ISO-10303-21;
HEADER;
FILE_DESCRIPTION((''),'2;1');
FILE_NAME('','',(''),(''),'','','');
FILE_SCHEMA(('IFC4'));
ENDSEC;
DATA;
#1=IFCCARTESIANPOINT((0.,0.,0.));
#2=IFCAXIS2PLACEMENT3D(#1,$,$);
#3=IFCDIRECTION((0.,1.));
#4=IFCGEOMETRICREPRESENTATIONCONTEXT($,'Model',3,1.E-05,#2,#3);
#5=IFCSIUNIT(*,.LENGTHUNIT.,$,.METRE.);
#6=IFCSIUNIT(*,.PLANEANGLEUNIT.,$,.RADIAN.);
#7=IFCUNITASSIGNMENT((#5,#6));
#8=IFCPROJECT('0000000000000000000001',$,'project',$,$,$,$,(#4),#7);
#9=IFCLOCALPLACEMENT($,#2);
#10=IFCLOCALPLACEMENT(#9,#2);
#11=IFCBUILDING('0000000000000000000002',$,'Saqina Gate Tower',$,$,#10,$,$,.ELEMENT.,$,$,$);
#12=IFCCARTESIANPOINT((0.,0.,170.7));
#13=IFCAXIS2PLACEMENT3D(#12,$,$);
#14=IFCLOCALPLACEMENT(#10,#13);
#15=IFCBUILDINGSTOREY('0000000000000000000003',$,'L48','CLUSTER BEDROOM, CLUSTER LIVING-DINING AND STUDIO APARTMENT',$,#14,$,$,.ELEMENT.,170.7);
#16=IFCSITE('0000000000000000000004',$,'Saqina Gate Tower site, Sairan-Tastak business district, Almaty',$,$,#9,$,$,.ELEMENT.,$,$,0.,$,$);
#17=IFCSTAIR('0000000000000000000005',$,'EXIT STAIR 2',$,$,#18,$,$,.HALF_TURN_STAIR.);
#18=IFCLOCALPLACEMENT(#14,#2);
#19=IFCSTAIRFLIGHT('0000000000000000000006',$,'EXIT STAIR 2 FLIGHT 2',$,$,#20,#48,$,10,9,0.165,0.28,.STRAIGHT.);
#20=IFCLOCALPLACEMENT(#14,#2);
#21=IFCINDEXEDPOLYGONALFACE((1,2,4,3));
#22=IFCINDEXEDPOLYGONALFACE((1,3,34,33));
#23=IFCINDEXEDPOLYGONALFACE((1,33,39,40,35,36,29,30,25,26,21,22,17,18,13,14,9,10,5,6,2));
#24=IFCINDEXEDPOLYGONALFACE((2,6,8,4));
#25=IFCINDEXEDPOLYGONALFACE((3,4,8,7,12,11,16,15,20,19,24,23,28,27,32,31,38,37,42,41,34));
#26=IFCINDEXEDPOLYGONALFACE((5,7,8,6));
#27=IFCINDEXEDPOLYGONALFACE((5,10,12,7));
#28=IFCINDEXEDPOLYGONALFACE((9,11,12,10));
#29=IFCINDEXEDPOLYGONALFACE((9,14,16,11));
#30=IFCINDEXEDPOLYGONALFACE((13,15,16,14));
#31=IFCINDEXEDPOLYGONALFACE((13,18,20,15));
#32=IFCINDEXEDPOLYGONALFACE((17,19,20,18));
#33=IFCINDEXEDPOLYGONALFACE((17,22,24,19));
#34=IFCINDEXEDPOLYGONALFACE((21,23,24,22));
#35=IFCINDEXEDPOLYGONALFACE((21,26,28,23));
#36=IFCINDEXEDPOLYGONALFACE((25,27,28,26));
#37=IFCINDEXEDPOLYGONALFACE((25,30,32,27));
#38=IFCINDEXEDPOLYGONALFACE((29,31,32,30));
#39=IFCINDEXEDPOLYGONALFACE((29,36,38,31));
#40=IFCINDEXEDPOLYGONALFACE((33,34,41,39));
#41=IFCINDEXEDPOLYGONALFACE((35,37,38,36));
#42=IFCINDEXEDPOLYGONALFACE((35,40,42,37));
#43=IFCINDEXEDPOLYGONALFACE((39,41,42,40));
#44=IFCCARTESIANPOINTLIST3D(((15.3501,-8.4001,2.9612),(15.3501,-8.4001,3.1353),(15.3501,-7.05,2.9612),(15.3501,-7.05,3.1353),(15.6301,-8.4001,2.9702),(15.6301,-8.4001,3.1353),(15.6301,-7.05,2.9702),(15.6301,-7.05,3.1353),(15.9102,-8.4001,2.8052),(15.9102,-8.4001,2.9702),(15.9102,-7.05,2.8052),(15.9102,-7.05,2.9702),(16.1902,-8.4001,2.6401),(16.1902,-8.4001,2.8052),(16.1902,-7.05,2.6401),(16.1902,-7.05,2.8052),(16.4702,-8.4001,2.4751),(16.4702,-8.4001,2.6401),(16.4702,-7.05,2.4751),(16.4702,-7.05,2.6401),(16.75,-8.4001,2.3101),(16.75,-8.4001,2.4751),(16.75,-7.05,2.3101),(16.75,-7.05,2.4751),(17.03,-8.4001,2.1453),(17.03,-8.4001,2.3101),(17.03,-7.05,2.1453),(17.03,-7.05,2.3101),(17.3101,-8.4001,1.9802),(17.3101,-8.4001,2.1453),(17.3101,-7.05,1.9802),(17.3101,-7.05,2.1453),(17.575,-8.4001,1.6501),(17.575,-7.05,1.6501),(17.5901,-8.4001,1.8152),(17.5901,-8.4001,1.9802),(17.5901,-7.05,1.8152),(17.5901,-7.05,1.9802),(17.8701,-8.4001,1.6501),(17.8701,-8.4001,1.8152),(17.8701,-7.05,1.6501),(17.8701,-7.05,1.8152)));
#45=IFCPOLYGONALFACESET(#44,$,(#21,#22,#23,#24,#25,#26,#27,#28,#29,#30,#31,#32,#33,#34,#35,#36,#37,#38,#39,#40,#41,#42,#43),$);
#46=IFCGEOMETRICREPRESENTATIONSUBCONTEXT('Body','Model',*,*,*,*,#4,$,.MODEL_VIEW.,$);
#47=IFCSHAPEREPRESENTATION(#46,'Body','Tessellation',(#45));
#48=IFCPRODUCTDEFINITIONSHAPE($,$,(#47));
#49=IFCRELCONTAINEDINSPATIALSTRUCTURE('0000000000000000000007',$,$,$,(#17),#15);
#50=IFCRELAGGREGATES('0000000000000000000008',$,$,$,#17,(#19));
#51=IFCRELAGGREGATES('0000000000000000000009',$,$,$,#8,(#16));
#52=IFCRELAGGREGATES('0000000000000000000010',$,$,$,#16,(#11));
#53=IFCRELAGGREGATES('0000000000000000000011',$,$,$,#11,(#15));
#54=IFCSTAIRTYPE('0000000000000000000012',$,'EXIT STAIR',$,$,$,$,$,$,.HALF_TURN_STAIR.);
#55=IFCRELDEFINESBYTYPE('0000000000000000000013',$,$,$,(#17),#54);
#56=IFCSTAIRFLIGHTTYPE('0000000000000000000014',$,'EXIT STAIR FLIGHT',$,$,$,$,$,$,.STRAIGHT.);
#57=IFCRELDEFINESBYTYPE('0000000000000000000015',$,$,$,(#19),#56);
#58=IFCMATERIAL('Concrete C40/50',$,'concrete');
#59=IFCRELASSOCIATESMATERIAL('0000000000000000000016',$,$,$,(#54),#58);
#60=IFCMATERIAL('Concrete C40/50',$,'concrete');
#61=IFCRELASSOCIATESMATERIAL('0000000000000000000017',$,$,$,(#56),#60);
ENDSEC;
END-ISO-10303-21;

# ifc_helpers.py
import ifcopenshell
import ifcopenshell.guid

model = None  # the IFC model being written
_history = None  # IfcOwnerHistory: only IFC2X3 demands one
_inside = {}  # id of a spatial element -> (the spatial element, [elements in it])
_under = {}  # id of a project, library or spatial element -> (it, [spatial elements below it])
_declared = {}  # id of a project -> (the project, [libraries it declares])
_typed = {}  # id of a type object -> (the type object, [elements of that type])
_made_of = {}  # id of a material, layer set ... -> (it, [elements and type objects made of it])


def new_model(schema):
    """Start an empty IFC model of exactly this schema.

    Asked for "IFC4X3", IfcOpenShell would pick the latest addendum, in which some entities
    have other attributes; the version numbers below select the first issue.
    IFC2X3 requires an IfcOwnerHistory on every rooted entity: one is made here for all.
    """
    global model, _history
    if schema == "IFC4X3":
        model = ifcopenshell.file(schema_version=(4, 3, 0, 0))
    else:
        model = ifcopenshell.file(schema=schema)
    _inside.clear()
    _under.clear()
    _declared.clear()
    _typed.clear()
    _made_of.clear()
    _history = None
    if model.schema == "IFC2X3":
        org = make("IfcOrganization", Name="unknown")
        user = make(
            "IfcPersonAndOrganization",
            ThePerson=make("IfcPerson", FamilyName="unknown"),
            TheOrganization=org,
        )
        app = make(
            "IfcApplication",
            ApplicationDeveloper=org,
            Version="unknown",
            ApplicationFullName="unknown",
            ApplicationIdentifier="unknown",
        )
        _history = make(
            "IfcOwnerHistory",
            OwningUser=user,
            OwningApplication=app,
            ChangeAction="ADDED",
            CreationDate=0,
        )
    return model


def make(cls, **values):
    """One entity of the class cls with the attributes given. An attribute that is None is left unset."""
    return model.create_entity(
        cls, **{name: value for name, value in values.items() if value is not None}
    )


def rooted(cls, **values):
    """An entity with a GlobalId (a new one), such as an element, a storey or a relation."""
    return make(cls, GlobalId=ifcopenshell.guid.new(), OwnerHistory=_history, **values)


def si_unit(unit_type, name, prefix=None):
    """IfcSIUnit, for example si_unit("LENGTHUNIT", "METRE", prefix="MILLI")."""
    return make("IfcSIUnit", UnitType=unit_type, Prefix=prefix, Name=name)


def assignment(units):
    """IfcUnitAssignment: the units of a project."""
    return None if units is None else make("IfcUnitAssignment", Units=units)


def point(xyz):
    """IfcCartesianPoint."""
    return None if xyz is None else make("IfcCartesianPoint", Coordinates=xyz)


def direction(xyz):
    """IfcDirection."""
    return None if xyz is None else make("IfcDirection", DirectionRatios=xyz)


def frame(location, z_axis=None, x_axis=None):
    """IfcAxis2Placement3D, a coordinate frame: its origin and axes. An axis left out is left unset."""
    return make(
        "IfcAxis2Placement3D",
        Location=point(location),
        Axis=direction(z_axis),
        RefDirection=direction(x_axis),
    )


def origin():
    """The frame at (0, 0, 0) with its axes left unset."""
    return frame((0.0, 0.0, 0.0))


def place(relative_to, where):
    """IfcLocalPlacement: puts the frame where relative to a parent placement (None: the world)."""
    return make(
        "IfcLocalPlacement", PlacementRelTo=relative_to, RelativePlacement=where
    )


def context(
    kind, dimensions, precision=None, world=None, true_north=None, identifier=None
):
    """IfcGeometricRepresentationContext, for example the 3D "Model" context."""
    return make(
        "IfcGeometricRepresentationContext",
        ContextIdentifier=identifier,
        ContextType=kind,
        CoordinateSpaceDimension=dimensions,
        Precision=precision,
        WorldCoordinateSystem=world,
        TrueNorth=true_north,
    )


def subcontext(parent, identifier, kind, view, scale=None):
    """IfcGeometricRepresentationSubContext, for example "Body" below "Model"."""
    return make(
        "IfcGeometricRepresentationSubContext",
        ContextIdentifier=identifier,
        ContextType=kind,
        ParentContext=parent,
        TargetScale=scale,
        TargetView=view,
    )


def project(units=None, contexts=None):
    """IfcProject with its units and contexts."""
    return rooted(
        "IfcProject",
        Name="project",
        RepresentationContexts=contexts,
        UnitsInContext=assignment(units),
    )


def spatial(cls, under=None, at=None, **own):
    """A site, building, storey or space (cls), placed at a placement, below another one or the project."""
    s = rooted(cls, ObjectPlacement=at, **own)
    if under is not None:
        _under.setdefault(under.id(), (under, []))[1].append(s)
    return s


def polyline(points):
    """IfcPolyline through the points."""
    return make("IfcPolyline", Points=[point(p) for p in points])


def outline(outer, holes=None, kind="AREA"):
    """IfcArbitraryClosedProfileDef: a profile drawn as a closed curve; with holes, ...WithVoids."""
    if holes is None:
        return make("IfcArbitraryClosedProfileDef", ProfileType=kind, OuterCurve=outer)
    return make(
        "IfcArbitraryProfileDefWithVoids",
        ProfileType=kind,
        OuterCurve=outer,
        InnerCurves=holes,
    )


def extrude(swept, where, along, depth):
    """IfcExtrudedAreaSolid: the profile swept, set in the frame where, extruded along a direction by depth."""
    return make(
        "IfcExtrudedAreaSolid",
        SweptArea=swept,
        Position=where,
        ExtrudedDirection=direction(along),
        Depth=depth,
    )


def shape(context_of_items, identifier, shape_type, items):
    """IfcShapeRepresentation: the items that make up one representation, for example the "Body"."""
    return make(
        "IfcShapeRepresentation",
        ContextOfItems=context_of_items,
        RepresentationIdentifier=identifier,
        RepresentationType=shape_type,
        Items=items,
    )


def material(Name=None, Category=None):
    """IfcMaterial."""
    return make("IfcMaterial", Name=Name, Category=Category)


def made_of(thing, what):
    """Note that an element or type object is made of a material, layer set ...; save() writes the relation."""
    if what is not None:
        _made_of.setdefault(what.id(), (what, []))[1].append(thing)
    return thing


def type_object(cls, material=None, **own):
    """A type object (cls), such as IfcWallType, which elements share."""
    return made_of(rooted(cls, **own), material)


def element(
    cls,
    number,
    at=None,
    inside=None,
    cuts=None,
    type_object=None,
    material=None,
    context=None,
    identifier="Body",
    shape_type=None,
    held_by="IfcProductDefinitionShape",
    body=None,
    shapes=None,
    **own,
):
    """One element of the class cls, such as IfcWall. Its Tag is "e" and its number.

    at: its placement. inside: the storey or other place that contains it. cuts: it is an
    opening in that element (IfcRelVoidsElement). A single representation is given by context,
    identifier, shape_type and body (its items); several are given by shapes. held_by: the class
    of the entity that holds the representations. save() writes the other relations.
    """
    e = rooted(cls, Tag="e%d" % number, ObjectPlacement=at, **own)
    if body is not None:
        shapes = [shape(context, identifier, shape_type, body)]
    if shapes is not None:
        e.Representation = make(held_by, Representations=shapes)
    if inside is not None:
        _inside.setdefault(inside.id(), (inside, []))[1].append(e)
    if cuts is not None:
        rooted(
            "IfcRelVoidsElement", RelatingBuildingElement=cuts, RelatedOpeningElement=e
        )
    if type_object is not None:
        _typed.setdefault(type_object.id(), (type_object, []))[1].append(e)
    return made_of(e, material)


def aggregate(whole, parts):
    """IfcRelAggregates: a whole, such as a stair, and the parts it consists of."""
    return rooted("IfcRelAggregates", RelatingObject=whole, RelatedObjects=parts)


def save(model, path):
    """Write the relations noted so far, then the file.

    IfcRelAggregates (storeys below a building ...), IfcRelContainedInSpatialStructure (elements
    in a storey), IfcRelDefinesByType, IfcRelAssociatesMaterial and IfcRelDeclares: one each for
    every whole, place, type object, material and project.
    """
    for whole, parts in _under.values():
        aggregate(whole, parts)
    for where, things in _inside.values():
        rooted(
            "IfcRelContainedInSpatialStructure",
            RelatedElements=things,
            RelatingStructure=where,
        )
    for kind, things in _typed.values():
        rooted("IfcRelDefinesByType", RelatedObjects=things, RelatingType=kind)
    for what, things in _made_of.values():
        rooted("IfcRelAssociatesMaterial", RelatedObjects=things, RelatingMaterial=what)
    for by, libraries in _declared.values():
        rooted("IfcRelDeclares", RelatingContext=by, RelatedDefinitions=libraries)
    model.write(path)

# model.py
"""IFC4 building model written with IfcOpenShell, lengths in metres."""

from ifc_helpers import new_model, si_unit, direction, frame, origin, place, context, subcontext, project, spatial, polyline, outline, extrude, material, type_object, element, aggregate, save


model = new_model("IFC4")

# Units and contexts
model_context = context("Model", 3, precision=1e-05, world=origin(), true_north=direction((0.0, 1.0)))
body_context = subcontext(model_context, "Body", "Model", "MODEL_VIEW")
ifc_project = project(units=[si_unit("LENGTHUNIT", "METRE"), si_unit("PLANEANGLEUNIT", "RADIAN")], contexts=[model_context])

# Site, building, storey
site_placement = place(None, origin())
site = spatial("IfcSite", under=ifc_project, at=site_placement, Name="Saqina Gate Tower site, Sairan-Tastak business district, Almaty", CompositionType="ELEMENT", RefElevation=0.0)
building_placement = place(site_placement, origin())
building = spatial("IfcBuilding", under=site, at=building_placement, Name="Saqina Gate Tower", CompositionType="ELEMENT")
storey_placement = place(building_placement, frame((0.0, 0.0, 170.7)))
storey = spatial("IfcBuildingStorey", under=building, at=storey_placement, Name="L48", Description="CLUSTER BEDROOM, CLUSTER LIVING-DINING AND STUDIO APARTMENT", CompositionType="ELEMENT", Elevation=170.7)

# Stair, stair flight
ifc_material_1 = material(Name="Concrete C40/50", Category="concrete")
stair_type = type_object("IfcStairType", Name="EXIT STAIR", PredefinedType="HALF_TURN_STAIR", material=ifc_material_1)
stair_placement = place(storey_placement, origin())
stair = element("IfcStair", 1, at=stair_placement, inside=storey, type_object=stair_type, Name="EXIT STAIR 2", PredefinedType="HALF_TURN_STAIR")
ifc_material_2 = material(Name="Concrete C40/50", Category="concrete")
stair_flight_type = type_object("IfcStairFlightType", Name="EXIT STAIR FLIGHT", PredefinedType="STRAIGHT", material=ifc_material_2)
stair_flight_1_placement = place(storey_placement, frame((17.8701, -7.7251, 1.6501), z_axis=(0.0, 0.0, 1.0), x_axis=(-1.0, 0.0, 0.0)))
stair_flight_1 = element("IfcStairFlight", 2, at=stair_flight_1_placement, type_object=stair_flight_type, Name="EXIT STAIR 2 FLIGHT 2", NumberOfRisers=10, NumberOfTreads=9, PredefinedType="STRAIGHT", RiserHeight=0.165, TreadLength=0.28, context=body_context, shape_type="SweptSolid", body=[
    extrude(outline(polyline([(0.0, 0.0), (0.0, 0.165), (0.28, 0.165), (0.28, 0.3301), (0.5601, 0.3301), (0.5601, 0.4951), (0.8401, 0.4951), (0.8401, 0.6599), (1.1201, 0.6599), (1.1201, 0.825), (1.3999, 0.825), (1.3999, 0.99), (1.6799, 0.99), (1.6799, 1.155), (1.96, 1.155), (1.96, 1.3201), (2.24, 1.3201), (2.24, 1.4851), (2.52, 1.4851), (2.52, 1.6499), (2.52, 1.311), (0.2952, 0.0), (0.0, 0.0)])), frame((0.0, 0.675, 0.0), z_axis=(0.0, -1.0, 0.0), x_axis=(1.0, 0.0, 0.0)), (0.0, 0.0, 1.0), 1.3501),
])
aggregate(stair, [stair_flight_1])

save(model, "model.ifc")
